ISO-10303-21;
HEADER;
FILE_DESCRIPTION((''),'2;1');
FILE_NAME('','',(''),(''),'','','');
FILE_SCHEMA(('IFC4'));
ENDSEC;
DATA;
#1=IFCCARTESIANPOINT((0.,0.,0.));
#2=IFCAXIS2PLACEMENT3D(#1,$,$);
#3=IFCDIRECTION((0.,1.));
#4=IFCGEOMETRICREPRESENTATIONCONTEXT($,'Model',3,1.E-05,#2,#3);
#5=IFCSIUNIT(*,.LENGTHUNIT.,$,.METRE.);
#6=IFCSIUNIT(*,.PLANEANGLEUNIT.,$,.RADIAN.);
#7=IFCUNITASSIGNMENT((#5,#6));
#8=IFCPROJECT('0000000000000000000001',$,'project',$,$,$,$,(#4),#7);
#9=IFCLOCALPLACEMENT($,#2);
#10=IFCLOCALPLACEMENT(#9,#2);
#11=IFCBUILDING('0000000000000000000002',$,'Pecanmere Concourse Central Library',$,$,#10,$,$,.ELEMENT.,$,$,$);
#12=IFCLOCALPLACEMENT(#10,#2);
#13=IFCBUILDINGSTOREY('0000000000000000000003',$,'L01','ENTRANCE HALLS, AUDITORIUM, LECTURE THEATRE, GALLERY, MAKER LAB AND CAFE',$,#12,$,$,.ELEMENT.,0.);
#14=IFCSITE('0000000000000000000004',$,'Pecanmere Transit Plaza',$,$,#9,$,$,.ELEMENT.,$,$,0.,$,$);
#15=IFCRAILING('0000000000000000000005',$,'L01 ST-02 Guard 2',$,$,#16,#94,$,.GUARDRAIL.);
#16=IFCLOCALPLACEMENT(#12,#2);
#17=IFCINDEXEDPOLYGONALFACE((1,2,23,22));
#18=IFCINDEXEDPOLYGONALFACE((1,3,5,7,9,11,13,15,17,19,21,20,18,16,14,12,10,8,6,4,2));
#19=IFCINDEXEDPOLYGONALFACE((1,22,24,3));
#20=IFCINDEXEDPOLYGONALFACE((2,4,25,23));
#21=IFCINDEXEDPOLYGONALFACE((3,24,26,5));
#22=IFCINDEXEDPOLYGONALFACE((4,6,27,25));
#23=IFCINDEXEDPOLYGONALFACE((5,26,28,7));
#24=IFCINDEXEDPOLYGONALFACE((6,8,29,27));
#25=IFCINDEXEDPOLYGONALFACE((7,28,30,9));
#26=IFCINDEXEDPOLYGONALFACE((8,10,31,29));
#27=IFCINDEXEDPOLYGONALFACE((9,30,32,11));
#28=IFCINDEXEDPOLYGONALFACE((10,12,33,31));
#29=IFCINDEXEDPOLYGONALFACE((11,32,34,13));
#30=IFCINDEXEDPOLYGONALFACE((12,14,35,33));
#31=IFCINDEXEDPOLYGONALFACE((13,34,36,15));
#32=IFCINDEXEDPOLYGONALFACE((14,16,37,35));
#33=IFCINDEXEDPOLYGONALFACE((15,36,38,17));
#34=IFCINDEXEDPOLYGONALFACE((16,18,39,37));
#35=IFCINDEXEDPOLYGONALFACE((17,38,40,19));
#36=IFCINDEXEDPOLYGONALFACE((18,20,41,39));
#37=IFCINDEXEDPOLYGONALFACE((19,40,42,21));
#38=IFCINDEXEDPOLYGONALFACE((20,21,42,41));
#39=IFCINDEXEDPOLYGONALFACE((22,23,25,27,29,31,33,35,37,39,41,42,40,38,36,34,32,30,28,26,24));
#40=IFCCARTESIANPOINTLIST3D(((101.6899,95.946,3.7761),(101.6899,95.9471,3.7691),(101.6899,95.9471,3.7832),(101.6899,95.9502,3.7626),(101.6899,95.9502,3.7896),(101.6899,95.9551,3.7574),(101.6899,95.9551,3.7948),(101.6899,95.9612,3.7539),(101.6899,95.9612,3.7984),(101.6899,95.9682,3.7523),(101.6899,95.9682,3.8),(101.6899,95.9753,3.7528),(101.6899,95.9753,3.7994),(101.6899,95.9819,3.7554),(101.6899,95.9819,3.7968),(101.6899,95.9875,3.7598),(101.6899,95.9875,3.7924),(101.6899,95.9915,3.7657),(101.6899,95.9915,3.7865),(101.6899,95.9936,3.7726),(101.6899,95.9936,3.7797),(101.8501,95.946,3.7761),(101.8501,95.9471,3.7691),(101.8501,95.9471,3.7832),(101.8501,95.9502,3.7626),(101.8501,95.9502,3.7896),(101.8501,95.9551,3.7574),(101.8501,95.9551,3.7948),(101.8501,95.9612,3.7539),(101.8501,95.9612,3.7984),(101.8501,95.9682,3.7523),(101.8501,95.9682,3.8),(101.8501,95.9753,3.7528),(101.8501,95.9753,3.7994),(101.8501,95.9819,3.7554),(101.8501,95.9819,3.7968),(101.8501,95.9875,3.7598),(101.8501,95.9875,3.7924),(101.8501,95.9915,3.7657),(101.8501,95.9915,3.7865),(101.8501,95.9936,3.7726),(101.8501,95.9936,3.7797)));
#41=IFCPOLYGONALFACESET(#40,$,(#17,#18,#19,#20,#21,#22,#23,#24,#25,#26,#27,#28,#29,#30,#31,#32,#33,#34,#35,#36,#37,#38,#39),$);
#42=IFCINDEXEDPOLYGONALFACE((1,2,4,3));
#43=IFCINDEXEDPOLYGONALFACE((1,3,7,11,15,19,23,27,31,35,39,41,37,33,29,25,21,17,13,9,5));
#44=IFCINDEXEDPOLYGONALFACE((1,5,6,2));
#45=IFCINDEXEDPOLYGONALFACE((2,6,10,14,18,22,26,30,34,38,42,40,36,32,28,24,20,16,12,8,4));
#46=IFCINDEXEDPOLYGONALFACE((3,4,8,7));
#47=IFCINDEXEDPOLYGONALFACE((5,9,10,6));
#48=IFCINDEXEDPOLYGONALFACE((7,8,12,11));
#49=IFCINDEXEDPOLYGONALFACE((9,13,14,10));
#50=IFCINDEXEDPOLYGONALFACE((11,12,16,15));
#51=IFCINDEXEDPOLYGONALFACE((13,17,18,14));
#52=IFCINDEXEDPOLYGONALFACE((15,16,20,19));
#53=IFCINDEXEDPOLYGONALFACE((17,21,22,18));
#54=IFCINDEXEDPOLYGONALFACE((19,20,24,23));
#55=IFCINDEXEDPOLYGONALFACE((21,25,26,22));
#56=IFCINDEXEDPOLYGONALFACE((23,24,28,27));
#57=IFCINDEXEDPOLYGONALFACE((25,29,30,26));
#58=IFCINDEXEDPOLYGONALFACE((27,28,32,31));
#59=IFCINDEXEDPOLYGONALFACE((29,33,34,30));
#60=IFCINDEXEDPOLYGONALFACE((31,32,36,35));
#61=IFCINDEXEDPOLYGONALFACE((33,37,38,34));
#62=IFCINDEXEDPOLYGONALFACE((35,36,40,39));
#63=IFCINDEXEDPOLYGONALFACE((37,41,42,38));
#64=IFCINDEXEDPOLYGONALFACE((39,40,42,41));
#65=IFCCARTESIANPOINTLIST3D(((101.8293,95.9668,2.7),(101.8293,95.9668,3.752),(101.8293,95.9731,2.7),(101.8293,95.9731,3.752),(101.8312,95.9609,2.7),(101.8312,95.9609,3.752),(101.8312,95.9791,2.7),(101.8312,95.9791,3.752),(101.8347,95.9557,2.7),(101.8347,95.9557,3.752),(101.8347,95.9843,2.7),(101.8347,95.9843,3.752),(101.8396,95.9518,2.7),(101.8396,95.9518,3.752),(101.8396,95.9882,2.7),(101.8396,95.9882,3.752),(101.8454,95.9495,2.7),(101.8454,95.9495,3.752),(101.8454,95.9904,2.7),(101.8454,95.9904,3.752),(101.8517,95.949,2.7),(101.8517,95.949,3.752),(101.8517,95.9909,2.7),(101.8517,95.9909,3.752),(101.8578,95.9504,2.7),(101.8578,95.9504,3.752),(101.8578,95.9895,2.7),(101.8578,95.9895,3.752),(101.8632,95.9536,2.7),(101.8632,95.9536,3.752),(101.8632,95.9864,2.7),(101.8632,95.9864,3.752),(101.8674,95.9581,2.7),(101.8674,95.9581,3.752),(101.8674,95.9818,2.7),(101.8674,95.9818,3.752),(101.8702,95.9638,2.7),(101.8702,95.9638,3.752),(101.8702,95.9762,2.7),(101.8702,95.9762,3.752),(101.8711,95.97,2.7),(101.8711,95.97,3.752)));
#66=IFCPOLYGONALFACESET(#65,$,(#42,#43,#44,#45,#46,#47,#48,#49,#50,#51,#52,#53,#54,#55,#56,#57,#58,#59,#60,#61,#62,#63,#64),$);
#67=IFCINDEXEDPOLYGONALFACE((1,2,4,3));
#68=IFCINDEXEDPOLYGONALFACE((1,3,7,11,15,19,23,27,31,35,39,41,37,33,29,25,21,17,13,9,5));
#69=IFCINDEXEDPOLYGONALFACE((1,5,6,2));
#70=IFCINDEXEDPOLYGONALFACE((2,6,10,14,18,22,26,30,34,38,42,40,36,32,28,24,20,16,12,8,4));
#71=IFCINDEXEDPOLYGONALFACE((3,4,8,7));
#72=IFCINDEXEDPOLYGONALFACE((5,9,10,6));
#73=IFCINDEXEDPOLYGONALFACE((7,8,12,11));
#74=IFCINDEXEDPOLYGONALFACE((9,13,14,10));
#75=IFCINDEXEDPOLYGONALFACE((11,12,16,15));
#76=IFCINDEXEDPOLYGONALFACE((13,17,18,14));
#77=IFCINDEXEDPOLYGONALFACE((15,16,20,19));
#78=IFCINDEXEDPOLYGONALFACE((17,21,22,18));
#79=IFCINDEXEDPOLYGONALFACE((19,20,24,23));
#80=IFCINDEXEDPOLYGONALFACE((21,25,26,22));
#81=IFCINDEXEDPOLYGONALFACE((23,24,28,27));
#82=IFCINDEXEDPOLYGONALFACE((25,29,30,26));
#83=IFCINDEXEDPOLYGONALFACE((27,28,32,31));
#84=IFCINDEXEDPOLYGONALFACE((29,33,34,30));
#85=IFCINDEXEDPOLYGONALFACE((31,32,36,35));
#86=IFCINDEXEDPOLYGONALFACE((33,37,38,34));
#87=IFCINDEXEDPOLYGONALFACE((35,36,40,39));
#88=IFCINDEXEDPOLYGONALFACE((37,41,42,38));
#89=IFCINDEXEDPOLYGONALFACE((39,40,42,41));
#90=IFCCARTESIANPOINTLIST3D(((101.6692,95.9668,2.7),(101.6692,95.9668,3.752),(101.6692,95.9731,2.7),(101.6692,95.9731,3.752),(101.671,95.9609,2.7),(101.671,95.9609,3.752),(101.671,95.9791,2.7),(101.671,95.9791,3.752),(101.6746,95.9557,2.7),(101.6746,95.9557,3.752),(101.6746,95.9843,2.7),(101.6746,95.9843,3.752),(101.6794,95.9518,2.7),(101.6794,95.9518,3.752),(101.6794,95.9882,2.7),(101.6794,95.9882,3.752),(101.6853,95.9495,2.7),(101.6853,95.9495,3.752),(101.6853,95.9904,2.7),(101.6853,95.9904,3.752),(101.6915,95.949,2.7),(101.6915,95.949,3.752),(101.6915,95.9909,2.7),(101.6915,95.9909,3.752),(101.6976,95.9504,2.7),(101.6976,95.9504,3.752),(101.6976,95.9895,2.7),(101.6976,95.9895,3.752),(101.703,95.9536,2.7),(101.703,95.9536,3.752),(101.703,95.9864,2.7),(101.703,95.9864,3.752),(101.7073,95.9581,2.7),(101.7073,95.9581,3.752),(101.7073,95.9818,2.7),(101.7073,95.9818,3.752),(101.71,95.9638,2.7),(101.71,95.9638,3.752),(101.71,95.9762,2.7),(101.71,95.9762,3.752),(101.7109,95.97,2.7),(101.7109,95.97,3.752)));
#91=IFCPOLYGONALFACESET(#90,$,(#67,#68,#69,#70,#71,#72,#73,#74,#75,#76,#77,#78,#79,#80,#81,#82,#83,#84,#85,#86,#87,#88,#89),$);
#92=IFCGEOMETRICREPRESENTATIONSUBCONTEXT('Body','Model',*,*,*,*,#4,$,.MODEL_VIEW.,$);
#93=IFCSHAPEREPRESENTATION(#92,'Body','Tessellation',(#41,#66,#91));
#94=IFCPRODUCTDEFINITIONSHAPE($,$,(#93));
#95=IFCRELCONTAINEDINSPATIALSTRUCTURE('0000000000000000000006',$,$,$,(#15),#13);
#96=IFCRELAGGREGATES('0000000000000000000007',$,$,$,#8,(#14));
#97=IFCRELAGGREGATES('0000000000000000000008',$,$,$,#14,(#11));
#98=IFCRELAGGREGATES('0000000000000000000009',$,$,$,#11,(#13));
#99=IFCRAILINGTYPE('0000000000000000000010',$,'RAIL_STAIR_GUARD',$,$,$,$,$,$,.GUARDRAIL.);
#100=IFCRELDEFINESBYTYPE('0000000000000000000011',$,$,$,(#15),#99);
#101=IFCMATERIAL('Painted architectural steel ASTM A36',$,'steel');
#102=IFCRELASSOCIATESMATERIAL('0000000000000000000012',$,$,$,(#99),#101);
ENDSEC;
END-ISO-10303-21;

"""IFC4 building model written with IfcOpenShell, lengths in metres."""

from ifc_helpers import new_model, si_unit, direction, frame, origin, origin_2d, place, context, subcontext, project, spatial, circle, extrude, material, type_object, element, save


model = new_model("IFC4")

# Units and contexts
model_context = context("Model", 3, precision=1e-05, world=origin(), true_north=direction((0.0, 1.0)))
body_context = subcontext(model_context, "Body", "Model", "MODEL_VIEW")
ifc_project = project(units=[si_unit("LENGTHUNIT", "METRE"), si_unit("PLANEANGLEUNIT", "RADIAN")], contexts=[model_context])

# Site, building, storey
site_placement = place(None, origin())
site = spatial("IfcSite", under=ifc_project, at=site_placement, Name="Pecanmere Transit Plaza", CompositionType="ELEMENT", RefElevation=0.0)
building_placement = place(site_placement, origin())
building = spatial("IfcBuilding", under=site, at=building_placement, Name="Pecanmere Concourse Central Library", CompositionType="ELEMENT")
storey_placement = place(building_placement, origin())
storey = spatial("IfcBuildingStorey", under=building, at=storey_placement, Name="L01", Description="ENTRANCE HALLS, AUDITORIUM, LECTURE THEATRE, GALLERY, MAKER LAB AND CAFE", CompositionType="ELEMENT", Elevation=0.0)

# Railing
ifc_material_1 = material(Name="Painted architectural steel ASTM A36", Category="steel")
railing_type_1 = type_object("IfcRailingType", Name="RAIL_STAIR_GUARD", PredefinedType="GUARDRAIL", material=ifc_material_1)
railing_1_placement = place(storey_placement, frame((101.8501, 95.97, 2.7)))
element("IfcRailing", 1, at=railing_1_placement, inside=storey, type_object=railing_type_1, Name="L01 ST-02 Guard 2", PredefinedType="GUARDRAIL", context=body_context, shape_type="SweptSolid", body=[
    extrude(circle(Radius=0.0239, at=origin_2d()), frame((0.0, 0.0, 1.0762), z_axis=(-1.0, 0.0, 0.0), x_axis=(0.0, -1.0, 0.0)), (0.0, 0.0, 1.0), 0.1602),
    extrude(circle(Radius=0.021, at=origin_2d()), origin(), (0.0, 0.0, 1.0), 1.052),
    extrude(circle(Radius=0.021, at=origin_2d()), frame((-0.1602, 0.0, 0.0)), (0.0, 0.0, 1.0), 1.052),
])

save(model, "model.ifc")
